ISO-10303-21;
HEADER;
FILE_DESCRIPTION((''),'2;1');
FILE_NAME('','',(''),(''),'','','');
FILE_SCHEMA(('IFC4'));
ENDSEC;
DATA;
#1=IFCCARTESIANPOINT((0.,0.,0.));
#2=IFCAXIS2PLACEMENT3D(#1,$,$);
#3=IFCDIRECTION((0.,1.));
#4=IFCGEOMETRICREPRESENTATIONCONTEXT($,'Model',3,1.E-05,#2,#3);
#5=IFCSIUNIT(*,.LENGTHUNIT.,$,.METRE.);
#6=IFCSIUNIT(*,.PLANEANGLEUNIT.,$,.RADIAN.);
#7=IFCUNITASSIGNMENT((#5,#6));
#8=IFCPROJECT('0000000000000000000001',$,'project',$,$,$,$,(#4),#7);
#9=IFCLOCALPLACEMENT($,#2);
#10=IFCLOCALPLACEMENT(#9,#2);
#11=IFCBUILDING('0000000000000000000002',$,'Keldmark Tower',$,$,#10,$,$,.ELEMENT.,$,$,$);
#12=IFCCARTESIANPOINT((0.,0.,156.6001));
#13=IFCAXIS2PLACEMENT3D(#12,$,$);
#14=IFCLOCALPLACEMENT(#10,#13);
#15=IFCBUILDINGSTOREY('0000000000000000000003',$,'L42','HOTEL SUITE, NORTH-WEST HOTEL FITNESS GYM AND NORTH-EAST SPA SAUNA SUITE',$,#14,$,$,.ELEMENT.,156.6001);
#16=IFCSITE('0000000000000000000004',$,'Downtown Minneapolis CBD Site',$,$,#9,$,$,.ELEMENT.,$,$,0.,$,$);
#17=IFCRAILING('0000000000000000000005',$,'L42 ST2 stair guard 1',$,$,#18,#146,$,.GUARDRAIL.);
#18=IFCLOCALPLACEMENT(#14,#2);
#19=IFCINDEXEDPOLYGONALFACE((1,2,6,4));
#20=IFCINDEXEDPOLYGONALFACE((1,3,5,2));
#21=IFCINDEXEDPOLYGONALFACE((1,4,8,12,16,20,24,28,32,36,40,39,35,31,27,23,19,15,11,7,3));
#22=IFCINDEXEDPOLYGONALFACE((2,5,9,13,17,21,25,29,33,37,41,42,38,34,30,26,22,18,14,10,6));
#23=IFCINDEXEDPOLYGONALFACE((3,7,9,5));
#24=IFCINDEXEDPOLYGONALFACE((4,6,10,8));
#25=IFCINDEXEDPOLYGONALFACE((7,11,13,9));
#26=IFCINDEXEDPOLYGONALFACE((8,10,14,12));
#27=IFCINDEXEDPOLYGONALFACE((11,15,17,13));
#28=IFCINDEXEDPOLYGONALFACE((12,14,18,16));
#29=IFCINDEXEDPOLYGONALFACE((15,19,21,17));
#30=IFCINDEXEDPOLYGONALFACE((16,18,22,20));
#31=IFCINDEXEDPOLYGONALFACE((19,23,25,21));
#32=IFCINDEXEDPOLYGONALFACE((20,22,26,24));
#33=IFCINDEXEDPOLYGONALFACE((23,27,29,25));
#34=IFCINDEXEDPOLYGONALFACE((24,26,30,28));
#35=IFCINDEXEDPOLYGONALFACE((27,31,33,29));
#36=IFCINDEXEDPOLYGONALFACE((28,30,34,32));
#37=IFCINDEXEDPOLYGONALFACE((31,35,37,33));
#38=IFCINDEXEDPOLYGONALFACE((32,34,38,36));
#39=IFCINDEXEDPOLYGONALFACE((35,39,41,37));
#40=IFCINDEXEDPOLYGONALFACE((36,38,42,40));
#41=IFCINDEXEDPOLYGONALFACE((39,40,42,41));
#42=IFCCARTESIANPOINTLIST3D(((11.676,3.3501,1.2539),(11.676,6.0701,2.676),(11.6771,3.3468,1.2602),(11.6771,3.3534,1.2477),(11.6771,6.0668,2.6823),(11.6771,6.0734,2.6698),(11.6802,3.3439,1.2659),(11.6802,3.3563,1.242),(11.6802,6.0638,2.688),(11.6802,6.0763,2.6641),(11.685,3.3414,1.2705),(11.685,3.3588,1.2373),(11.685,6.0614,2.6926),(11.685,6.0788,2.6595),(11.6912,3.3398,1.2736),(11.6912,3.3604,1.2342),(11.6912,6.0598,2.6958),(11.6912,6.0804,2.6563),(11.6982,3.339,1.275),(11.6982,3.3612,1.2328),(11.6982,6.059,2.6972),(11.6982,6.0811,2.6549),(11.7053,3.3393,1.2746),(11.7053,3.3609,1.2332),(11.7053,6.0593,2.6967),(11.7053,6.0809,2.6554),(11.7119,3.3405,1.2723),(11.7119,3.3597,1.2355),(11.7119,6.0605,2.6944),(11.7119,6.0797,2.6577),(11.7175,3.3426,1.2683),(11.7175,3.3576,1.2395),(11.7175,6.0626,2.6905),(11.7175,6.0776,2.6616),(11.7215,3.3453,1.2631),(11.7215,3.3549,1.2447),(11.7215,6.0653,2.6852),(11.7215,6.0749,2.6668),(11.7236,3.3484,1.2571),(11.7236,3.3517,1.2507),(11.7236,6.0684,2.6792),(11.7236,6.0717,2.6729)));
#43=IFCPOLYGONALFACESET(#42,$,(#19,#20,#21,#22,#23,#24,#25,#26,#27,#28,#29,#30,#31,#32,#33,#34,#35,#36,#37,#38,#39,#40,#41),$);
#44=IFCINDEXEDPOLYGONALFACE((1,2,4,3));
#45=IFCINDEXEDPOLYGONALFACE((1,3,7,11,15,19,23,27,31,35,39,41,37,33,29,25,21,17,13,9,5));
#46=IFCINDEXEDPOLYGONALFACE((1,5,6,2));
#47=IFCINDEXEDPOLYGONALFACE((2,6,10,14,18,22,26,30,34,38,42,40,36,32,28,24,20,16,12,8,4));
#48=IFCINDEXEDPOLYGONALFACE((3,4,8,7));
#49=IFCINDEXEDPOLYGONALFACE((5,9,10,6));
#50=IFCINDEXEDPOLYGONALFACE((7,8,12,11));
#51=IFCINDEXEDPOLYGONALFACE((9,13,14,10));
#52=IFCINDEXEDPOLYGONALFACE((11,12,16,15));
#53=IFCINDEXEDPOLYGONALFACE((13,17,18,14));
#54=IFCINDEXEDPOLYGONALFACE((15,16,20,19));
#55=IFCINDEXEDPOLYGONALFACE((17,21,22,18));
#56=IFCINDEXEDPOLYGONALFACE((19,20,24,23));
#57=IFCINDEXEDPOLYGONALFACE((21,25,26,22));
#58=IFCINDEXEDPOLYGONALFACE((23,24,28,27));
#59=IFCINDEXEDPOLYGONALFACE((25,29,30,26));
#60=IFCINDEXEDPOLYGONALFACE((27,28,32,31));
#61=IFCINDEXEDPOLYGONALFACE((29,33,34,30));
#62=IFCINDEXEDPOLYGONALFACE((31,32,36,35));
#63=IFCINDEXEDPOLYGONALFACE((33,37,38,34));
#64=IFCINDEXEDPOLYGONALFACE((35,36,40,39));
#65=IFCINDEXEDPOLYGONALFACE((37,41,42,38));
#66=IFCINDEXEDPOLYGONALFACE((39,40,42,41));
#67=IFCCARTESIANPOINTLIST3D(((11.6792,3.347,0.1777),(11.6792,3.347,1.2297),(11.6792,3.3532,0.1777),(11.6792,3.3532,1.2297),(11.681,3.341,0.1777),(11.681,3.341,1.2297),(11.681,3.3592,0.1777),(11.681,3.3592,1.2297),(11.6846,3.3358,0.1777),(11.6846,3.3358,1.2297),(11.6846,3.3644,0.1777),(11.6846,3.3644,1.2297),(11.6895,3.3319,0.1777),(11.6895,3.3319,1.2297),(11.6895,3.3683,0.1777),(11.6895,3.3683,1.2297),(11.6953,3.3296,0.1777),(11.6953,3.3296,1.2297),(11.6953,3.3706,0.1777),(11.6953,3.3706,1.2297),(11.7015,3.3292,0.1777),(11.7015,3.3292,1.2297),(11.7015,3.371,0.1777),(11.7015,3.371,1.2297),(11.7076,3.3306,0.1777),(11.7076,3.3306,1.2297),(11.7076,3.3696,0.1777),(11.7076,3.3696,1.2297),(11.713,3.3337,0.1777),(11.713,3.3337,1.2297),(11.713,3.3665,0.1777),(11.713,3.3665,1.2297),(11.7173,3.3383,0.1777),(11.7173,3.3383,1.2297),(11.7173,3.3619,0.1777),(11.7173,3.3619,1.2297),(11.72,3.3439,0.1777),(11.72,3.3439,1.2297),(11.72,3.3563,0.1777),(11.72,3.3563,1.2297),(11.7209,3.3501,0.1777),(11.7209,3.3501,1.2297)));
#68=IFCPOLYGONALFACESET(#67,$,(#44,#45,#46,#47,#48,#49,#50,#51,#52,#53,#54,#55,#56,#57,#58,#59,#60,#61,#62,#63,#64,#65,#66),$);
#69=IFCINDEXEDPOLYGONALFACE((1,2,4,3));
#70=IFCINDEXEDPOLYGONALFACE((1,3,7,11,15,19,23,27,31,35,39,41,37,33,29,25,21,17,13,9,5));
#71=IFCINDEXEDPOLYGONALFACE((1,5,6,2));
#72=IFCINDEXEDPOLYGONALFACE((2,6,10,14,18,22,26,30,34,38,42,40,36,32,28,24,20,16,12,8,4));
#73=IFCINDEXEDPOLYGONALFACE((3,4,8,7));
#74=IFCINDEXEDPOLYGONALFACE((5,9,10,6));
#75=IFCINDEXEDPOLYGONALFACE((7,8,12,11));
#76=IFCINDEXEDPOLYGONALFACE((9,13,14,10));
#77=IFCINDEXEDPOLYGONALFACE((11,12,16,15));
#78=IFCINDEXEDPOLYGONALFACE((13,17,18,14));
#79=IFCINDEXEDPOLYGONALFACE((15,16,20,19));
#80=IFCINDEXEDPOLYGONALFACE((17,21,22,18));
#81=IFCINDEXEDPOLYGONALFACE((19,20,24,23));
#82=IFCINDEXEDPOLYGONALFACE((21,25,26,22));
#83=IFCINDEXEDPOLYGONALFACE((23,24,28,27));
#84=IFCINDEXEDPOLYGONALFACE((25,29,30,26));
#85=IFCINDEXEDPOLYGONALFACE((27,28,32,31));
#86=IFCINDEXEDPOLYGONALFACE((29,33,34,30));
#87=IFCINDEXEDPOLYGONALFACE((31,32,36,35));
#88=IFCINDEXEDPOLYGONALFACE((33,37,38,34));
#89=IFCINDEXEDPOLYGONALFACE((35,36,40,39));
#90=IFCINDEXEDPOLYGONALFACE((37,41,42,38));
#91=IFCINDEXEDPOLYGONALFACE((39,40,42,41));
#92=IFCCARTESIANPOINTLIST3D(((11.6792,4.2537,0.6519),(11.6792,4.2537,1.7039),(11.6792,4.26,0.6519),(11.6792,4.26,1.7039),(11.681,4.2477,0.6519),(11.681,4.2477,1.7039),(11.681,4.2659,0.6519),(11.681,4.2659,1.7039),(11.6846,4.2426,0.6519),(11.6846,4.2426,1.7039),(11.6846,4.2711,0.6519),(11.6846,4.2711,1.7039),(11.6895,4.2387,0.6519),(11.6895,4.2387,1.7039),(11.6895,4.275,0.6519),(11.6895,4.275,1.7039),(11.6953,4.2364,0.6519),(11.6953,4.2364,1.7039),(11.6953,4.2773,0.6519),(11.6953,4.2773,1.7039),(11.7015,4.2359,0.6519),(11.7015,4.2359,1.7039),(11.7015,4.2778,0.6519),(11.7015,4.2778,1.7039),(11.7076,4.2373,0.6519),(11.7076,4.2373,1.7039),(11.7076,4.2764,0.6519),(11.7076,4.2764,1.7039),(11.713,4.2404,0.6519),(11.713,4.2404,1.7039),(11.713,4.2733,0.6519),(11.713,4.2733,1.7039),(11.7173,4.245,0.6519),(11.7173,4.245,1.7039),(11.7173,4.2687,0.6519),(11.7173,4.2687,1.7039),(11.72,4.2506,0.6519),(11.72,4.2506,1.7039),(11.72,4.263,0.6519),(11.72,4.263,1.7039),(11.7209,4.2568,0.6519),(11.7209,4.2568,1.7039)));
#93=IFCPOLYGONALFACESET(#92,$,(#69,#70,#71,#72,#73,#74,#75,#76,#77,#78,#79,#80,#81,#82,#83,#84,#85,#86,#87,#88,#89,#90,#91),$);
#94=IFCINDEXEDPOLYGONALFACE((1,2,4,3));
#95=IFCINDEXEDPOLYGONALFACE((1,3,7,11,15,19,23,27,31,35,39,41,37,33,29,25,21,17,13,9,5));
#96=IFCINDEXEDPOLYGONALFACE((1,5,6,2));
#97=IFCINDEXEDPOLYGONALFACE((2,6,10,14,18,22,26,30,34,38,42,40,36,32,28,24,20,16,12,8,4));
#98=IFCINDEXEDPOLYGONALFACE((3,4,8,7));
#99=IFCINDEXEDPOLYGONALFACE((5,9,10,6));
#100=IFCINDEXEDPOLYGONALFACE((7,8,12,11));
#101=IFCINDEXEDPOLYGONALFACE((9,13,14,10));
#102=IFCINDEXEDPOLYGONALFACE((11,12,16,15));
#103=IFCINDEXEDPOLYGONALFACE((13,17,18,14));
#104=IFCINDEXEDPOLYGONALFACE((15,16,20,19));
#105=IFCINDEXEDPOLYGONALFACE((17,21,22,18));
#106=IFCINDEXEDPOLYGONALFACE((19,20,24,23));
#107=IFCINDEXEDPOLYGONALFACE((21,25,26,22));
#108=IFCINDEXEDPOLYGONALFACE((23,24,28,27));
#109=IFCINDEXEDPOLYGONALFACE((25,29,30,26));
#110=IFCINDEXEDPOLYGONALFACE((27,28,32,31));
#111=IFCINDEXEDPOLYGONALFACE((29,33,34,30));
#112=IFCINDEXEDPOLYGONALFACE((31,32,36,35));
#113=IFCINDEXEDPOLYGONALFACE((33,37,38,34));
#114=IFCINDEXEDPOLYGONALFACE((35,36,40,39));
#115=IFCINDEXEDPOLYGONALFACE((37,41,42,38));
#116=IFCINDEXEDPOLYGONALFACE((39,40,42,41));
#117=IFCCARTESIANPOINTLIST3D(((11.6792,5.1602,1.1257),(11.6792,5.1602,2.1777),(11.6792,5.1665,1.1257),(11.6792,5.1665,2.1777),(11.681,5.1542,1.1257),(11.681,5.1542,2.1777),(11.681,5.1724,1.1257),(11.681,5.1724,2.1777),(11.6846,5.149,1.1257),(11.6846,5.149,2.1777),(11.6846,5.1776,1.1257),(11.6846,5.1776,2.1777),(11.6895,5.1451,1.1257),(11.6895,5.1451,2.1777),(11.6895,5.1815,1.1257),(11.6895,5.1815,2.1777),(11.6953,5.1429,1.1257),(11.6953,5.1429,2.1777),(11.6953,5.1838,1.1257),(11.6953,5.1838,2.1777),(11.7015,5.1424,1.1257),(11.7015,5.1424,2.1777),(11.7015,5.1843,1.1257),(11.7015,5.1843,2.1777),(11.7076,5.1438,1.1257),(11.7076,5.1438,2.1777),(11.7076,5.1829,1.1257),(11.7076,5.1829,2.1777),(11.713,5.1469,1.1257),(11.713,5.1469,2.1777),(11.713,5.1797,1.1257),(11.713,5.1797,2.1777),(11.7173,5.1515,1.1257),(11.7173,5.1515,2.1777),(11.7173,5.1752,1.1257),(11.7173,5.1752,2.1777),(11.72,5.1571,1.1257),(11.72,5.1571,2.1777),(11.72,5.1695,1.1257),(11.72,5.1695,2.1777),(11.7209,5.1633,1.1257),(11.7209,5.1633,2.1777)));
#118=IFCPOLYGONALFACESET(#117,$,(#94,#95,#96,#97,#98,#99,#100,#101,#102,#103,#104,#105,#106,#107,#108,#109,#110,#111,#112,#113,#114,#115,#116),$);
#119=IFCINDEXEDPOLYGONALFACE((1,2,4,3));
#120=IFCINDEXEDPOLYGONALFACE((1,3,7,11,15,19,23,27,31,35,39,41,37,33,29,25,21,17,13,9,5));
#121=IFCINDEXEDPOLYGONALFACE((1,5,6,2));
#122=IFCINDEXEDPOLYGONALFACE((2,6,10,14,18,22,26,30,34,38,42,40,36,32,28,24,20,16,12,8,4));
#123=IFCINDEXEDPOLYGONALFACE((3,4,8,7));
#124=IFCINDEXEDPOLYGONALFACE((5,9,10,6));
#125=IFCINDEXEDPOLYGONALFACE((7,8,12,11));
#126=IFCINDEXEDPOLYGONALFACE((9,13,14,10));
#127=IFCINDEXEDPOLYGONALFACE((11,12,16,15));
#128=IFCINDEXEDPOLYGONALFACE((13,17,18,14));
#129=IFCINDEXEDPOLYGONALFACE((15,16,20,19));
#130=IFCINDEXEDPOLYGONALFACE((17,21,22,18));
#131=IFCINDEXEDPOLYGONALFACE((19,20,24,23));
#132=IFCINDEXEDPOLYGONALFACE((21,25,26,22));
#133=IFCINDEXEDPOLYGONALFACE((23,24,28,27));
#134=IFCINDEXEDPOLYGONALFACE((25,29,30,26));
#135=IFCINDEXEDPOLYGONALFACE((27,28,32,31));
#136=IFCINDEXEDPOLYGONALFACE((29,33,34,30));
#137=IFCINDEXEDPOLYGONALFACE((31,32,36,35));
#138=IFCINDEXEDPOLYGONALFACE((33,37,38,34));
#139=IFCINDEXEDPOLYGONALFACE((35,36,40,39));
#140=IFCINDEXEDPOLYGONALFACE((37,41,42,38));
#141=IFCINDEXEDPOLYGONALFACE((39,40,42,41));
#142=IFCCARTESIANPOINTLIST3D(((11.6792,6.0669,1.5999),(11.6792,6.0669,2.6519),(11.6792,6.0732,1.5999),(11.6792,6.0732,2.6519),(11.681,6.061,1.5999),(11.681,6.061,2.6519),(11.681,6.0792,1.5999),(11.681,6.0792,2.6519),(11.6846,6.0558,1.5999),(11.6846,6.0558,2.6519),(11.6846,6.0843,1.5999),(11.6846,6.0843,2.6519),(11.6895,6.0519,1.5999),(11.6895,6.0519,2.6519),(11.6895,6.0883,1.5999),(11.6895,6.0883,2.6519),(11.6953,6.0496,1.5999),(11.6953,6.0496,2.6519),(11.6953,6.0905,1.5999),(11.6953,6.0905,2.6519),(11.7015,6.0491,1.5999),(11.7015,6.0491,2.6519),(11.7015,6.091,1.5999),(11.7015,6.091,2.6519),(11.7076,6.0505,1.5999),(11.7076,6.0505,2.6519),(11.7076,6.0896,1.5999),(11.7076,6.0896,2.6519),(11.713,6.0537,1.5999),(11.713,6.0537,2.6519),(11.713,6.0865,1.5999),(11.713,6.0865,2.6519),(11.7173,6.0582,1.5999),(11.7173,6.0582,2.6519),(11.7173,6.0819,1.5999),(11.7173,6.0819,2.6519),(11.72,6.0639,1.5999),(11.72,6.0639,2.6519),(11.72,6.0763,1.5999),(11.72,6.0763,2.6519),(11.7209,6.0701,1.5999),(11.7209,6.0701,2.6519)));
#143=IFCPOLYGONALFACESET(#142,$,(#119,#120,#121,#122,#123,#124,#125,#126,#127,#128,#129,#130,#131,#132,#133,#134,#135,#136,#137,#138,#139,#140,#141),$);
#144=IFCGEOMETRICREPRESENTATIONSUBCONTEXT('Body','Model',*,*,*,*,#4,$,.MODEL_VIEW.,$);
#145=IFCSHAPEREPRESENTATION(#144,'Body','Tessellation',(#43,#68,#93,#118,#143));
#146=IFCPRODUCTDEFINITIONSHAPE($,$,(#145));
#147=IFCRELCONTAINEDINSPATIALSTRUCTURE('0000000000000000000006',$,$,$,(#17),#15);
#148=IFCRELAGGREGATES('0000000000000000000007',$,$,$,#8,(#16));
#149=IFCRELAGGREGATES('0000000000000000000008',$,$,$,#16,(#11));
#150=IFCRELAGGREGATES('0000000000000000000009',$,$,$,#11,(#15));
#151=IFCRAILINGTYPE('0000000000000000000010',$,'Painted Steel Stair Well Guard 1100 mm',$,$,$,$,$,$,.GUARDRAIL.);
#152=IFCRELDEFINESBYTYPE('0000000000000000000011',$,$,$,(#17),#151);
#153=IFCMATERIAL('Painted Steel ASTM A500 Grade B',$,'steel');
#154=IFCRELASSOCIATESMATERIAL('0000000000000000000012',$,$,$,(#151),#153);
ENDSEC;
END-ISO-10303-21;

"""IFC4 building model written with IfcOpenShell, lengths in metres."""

from ifc_helpers import new_model, si_unit, direction, frame, origin, origin_2d, place, context, subcontext, project, spatial, circle, extrude, material, type_object, element, save


model = new_model("IFC4")

# Units and contexts
model_context = context("Model", 3, precision=1e-05, world=origin(), true_north=direction((0.0, 1.0)))
body_context = subcontext(model_context, "Body", "Model", "MODEL_VIEW")
ifc_project = project(units=[si_unit("LENGTHUNIT", "METRE"), si_unit("PLANEANGLEUNIT", "RADIAN")], contexts=[model_context])

# Site, building, storey
site_placement = place(None, origin())
site = spatial("IfcSite", under=ifc_project, at=site_placement, Name="Downtown Minneapolis CBD Site", CompositionType="ELEMENT", RefElevation=0.0)
building_placement = place(site_placement, origin())
building = spatial("IfcBuilding", under=site, at=building_placement, Name="Keldmark Tower", CompositionType="ELEMENT")
storey_placement = place(building_placement, frame((0.0, 0.0, 156.6001)))
storey = spatial("IfcBuildingStorey", under=building, at=storey_placement, Name="L42", Description="HOTEL SUITE, NORTH-WEST HOTEL FITNESS GYM AND NORTH-EAST SPA SAUNA SUITE", CompositionType="ELEMENT", Elevation=156.6001)

# Railing
ifc_material_1 = material(Name="Painted Steel ASTM A500 Grade B", Category="steel")
railing_type_1 = type_object("IfcRailingType", Name="Painted Steel Stair Well Guard 1100 mm", PredefinedType="GUARDRAIL", material=ifc_material_1)
railing_1_placement = place(storey_placement, frame((11.7, 3.3501, 0.1777)))
element("IfcRailing", 1, at=railing_1_placement, inside=storey, type_object=railing_type_1, Name="L42 ST2 stair guard 1", PredefinedType="GUARDRAIL", context=body_context, shape_type="SweptSolid", body=[
    extrude(circle(Radius=0.0239, at=origin_2d()), frame((0.0, 0.0, 1.0762), z_axis=(0.0, 0.886183, 0.463335), x_axis=(-1.0, 0.0, 0.0)), (0.0, 0.0, 1.0), 3.0693),
    extrude(circle(Radius=0.021, at=origin_2d()), origin(), (0.0, 0.0, 1.0), 1.052),
    extrude(circle(Radius=0.021, at=origin_2d()), frame((0.0, 0.9067, 0.4741)), (0.0, 0.0, 1.0), 1.052),
    extrude(circle(Radius=0.021, at=origin_2d()), frame((0.0, 1.8132, 0.948)), (0.0, 0.0, 1.0), 1.052),
    extrude(circle(Radius=0.021, at=origin_2d()), frame((0.0, 2.72, 1.4221)), (0.0, 0.0, 1.0), 1.052),
])

save(model, "model.ifc")
